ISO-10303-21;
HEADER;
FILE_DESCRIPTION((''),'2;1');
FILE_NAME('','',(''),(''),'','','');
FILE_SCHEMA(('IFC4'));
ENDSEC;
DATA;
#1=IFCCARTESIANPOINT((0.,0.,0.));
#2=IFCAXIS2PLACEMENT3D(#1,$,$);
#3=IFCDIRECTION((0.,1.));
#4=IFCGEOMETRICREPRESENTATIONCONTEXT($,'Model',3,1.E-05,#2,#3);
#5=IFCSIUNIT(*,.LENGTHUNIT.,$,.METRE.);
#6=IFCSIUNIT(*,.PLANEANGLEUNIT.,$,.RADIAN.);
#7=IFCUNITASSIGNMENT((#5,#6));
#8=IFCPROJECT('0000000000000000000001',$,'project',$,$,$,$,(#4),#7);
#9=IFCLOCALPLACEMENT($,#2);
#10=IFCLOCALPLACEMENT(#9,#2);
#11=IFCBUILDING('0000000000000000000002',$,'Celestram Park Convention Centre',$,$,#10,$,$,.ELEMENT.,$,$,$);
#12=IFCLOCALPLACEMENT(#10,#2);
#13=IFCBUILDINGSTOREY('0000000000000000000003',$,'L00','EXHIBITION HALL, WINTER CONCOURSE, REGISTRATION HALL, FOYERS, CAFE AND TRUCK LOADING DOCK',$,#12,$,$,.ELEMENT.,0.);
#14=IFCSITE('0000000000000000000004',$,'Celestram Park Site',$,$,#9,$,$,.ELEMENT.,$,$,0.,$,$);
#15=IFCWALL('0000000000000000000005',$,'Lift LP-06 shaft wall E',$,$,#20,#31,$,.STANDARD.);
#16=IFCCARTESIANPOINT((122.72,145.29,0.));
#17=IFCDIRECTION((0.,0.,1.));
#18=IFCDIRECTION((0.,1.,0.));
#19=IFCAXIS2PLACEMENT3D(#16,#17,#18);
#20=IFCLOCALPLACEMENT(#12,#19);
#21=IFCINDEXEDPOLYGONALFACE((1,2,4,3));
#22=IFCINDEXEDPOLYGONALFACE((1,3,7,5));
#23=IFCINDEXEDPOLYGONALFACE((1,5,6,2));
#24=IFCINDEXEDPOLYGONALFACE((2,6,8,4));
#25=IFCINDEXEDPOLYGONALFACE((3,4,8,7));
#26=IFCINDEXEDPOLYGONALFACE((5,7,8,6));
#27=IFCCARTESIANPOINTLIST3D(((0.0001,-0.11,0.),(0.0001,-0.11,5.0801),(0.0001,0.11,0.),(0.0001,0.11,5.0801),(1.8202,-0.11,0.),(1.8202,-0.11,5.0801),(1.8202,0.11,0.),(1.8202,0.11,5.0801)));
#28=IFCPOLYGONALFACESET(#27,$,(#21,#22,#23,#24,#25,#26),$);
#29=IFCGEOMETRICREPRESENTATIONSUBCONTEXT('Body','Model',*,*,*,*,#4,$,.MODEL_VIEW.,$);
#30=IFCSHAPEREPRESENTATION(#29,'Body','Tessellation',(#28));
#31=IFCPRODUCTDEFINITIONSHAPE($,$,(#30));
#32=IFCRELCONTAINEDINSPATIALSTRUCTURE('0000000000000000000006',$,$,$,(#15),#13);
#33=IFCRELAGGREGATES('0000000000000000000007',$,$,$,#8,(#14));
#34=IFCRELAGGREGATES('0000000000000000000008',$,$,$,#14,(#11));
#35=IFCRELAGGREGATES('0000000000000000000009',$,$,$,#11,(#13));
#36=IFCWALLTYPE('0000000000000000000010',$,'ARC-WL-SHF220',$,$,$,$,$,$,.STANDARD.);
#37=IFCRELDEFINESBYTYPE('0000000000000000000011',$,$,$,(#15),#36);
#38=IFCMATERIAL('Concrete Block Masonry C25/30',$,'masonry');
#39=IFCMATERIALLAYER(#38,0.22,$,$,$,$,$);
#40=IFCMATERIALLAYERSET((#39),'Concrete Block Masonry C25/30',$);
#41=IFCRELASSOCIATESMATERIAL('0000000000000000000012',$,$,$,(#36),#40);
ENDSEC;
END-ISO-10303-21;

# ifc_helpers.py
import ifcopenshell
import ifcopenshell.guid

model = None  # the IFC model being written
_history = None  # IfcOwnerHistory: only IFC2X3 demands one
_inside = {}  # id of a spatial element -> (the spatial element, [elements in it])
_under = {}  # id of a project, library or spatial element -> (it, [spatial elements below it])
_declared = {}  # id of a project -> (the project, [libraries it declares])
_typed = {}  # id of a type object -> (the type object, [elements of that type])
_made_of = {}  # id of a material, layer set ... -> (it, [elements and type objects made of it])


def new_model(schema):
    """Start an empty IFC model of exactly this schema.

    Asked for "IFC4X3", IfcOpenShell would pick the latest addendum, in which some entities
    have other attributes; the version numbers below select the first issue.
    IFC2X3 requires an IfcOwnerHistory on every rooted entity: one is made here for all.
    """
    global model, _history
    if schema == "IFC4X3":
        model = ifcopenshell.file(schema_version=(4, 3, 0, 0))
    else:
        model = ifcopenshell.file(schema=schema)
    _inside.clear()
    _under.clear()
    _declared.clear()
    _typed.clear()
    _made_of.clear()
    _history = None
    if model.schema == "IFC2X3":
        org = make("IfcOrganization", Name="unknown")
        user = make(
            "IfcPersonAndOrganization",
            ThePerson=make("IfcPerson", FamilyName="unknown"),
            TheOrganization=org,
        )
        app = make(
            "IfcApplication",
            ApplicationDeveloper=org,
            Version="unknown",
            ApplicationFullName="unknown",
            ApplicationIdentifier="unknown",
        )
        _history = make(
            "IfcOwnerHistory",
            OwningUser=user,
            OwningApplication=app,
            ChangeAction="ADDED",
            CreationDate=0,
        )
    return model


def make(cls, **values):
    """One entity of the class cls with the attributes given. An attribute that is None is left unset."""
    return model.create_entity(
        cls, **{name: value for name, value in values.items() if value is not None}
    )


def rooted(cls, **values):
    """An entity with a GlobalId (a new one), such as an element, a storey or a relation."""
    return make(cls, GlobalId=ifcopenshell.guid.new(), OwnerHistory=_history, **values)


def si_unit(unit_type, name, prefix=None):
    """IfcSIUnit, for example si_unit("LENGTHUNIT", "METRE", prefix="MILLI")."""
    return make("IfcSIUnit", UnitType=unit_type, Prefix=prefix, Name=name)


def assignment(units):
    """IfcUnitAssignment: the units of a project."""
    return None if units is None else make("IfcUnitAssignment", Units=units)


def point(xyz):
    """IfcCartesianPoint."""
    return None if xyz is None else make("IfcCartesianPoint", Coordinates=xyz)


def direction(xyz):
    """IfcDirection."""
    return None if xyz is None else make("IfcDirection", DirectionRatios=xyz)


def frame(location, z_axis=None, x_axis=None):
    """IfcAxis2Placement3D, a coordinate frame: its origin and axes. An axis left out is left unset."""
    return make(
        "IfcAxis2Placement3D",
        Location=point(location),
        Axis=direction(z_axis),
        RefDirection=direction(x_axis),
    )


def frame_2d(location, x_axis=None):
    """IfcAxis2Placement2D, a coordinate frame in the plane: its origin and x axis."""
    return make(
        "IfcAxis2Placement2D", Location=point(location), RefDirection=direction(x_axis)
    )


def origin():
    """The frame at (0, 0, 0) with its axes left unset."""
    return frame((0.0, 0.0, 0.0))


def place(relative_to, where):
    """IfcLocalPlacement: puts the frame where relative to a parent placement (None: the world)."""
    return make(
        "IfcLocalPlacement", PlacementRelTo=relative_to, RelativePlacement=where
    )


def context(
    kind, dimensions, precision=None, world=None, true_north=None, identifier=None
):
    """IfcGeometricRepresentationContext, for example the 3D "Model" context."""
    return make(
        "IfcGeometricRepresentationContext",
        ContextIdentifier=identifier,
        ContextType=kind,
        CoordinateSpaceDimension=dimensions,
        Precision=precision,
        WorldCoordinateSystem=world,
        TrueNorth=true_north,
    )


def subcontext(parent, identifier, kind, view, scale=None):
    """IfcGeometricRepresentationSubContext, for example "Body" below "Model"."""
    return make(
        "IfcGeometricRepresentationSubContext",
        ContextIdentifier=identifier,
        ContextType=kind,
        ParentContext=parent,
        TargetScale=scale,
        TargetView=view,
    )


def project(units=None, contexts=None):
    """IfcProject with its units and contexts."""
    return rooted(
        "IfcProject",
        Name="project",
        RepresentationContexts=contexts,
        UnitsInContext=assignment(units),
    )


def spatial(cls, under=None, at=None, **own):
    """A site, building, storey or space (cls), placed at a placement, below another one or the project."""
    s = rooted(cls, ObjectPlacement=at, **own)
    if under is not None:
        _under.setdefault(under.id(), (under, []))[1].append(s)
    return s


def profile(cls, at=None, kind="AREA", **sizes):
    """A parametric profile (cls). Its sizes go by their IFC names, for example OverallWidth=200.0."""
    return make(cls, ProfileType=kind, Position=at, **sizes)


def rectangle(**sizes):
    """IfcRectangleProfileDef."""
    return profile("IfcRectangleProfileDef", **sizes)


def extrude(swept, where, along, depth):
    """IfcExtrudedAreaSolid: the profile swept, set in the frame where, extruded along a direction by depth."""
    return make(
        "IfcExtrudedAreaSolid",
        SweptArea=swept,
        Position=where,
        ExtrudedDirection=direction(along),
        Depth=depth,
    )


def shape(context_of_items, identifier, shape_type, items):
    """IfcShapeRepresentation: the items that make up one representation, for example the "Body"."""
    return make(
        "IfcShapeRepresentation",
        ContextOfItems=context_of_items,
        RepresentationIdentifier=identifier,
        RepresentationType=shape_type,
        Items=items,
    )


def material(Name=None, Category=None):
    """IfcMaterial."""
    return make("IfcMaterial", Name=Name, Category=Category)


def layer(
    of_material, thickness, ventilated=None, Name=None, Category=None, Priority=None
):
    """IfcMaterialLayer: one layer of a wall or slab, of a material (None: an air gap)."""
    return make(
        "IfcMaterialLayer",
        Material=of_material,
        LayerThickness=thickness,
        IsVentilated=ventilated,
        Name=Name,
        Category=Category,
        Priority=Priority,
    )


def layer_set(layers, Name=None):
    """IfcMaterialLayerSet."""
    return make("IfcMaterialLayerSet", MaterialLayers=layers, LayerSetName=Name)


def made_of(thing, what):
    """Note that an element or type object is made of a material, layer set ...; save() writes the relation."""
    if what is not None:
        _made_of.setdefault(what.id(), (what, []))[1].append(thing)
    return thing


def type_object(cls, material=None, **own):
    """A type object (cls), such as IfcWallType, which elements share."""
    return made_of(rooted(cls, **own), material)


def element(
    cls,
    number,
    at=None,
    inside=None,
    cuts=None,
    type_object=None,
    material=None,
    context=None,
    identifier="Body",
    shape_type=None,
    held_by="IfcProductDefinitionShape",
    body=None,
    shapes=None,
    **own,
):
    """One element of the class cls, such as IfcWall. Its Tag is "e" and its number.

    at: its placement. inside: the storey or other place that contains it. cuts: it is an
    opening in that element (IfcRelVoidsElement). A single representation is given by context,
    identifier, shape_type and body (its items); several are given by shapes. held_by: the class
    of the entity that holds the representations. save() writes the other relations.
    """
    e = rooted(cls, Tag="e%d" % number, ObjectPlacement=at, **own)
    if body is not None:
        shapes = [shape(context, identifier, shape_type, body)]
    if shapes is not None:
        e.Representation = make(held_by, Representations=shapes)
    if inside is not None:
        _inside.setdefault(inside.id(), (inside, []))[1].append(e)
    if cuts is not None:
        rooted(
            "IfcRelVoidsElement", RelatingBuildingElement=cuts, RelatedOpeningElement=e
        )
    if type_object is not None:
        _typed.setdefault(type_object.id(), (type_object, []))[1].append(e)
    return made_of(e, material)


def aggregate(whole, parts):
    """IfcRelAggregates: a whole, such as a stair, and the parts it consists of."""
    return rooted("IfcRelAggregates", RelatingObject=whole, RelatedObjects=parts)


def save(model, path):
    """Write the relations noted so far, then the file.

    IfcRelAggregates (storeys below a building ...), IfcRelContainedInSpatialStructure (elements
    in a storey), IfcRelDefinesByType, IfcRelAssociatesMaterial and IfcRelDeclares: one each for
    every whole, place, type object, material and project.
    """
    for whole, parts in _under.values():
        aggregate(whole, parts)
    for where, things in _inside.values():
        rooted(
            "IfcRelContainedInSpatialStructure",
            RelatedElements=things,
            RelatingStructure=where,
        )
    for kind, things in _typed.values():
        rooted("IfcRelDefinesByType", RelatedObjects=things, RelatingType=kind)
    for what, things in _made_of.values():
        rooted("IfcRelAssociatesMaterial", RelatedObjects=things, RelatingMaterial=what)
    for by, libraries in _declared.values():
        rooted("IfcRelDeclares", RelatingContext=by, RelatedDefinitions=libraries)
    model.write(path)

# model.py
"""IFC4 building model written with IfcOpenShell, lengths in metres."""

from ifc_helpers import new_model, si_unit, direction, frame, frame_2d, origin, place, context, subcontext, project, spatial, rectangle, extrude, material, layer, layer_set, type_object, element, save


model = new_model("IFC4")

# Units and contexts
model_context = context("Model", 3, precision=1e-05, world=origin(), true_north=direction((0.0, 1.0)))
body_context = subcontext(model_context, "Body", "Model", "MODEL_VIEW")
ifc_project = project(units=[si_unit("LENGTHUNIT", "METRE"), si_unit("PLANEANGLEUNIT", "RADIAN")], contexts=[model_context])

# Site, building, storey
site_placement = place(None, origin())
site = spatial("IfcSite", under=ifc_project, at=site_placement, Name="Celestram Park Site", CompositionType="ELEMENT", RefElevation=0.0)
building_placement = place(site_placement, origin())
building = spatial("IfcBuilding", under=site, at=building_placement, Name="Celestram Park Convention Centre", CompositionType="ELEMENT")
storey_placement = place(building_placement, origin())
storey = spatial("IfcBuildingStorey", under=building, at=storey_placement, Name="L00", Description="EXHIBITION HALL, WINTER CONCOURSE, REGISTRATION HALL, FOYERS, CAFE AND TRUCK LOADING DOCK", CompositionType="ELEMENT", Elevation=0.0)

# Shared definitions
ifc_material_1 = material(Name="Concrete Block Masonry C25/30", Category="masonry")

# Shared definitions
ifc_layer_1 = layer(ifc_material_1, 0.22)
ifc_layer_set_1 = layer_set([ifc_layer_1], Name="Concrete Block Masonry C25/30")
wall_type_1 = type_object("IfcWallType", Name="ARC-WL-SHF220", PredefinedType="STANDARD", material=ifc_layer_set_1)

# Wall
for number, where, z_axis, x_axis, name in (
    (1, (122.72, 145.29, 0.0), (0.0, 0.0, 1.0), (0.0, 1.0, 0.0), "Lift LP-06 shaft wall E"),
):
    element("IfcWall", number, at=place(storey_placement, frame(where, z_axis=z_axis, x_axis=x_axis)), inside=storey, type_object=wall_type_1, Name=name, PredefinedType="STANDARD", context=body_context, shape_type="SweptSolid", body=[
        extrude(rectangle(XDim=1.8201, YDim=0.22, at=frame_2d((0.9102, 0.0))), origin(), (0.0, 0.0, 1.0), 5.0801),
    ])

save(model, "model.ifc")
